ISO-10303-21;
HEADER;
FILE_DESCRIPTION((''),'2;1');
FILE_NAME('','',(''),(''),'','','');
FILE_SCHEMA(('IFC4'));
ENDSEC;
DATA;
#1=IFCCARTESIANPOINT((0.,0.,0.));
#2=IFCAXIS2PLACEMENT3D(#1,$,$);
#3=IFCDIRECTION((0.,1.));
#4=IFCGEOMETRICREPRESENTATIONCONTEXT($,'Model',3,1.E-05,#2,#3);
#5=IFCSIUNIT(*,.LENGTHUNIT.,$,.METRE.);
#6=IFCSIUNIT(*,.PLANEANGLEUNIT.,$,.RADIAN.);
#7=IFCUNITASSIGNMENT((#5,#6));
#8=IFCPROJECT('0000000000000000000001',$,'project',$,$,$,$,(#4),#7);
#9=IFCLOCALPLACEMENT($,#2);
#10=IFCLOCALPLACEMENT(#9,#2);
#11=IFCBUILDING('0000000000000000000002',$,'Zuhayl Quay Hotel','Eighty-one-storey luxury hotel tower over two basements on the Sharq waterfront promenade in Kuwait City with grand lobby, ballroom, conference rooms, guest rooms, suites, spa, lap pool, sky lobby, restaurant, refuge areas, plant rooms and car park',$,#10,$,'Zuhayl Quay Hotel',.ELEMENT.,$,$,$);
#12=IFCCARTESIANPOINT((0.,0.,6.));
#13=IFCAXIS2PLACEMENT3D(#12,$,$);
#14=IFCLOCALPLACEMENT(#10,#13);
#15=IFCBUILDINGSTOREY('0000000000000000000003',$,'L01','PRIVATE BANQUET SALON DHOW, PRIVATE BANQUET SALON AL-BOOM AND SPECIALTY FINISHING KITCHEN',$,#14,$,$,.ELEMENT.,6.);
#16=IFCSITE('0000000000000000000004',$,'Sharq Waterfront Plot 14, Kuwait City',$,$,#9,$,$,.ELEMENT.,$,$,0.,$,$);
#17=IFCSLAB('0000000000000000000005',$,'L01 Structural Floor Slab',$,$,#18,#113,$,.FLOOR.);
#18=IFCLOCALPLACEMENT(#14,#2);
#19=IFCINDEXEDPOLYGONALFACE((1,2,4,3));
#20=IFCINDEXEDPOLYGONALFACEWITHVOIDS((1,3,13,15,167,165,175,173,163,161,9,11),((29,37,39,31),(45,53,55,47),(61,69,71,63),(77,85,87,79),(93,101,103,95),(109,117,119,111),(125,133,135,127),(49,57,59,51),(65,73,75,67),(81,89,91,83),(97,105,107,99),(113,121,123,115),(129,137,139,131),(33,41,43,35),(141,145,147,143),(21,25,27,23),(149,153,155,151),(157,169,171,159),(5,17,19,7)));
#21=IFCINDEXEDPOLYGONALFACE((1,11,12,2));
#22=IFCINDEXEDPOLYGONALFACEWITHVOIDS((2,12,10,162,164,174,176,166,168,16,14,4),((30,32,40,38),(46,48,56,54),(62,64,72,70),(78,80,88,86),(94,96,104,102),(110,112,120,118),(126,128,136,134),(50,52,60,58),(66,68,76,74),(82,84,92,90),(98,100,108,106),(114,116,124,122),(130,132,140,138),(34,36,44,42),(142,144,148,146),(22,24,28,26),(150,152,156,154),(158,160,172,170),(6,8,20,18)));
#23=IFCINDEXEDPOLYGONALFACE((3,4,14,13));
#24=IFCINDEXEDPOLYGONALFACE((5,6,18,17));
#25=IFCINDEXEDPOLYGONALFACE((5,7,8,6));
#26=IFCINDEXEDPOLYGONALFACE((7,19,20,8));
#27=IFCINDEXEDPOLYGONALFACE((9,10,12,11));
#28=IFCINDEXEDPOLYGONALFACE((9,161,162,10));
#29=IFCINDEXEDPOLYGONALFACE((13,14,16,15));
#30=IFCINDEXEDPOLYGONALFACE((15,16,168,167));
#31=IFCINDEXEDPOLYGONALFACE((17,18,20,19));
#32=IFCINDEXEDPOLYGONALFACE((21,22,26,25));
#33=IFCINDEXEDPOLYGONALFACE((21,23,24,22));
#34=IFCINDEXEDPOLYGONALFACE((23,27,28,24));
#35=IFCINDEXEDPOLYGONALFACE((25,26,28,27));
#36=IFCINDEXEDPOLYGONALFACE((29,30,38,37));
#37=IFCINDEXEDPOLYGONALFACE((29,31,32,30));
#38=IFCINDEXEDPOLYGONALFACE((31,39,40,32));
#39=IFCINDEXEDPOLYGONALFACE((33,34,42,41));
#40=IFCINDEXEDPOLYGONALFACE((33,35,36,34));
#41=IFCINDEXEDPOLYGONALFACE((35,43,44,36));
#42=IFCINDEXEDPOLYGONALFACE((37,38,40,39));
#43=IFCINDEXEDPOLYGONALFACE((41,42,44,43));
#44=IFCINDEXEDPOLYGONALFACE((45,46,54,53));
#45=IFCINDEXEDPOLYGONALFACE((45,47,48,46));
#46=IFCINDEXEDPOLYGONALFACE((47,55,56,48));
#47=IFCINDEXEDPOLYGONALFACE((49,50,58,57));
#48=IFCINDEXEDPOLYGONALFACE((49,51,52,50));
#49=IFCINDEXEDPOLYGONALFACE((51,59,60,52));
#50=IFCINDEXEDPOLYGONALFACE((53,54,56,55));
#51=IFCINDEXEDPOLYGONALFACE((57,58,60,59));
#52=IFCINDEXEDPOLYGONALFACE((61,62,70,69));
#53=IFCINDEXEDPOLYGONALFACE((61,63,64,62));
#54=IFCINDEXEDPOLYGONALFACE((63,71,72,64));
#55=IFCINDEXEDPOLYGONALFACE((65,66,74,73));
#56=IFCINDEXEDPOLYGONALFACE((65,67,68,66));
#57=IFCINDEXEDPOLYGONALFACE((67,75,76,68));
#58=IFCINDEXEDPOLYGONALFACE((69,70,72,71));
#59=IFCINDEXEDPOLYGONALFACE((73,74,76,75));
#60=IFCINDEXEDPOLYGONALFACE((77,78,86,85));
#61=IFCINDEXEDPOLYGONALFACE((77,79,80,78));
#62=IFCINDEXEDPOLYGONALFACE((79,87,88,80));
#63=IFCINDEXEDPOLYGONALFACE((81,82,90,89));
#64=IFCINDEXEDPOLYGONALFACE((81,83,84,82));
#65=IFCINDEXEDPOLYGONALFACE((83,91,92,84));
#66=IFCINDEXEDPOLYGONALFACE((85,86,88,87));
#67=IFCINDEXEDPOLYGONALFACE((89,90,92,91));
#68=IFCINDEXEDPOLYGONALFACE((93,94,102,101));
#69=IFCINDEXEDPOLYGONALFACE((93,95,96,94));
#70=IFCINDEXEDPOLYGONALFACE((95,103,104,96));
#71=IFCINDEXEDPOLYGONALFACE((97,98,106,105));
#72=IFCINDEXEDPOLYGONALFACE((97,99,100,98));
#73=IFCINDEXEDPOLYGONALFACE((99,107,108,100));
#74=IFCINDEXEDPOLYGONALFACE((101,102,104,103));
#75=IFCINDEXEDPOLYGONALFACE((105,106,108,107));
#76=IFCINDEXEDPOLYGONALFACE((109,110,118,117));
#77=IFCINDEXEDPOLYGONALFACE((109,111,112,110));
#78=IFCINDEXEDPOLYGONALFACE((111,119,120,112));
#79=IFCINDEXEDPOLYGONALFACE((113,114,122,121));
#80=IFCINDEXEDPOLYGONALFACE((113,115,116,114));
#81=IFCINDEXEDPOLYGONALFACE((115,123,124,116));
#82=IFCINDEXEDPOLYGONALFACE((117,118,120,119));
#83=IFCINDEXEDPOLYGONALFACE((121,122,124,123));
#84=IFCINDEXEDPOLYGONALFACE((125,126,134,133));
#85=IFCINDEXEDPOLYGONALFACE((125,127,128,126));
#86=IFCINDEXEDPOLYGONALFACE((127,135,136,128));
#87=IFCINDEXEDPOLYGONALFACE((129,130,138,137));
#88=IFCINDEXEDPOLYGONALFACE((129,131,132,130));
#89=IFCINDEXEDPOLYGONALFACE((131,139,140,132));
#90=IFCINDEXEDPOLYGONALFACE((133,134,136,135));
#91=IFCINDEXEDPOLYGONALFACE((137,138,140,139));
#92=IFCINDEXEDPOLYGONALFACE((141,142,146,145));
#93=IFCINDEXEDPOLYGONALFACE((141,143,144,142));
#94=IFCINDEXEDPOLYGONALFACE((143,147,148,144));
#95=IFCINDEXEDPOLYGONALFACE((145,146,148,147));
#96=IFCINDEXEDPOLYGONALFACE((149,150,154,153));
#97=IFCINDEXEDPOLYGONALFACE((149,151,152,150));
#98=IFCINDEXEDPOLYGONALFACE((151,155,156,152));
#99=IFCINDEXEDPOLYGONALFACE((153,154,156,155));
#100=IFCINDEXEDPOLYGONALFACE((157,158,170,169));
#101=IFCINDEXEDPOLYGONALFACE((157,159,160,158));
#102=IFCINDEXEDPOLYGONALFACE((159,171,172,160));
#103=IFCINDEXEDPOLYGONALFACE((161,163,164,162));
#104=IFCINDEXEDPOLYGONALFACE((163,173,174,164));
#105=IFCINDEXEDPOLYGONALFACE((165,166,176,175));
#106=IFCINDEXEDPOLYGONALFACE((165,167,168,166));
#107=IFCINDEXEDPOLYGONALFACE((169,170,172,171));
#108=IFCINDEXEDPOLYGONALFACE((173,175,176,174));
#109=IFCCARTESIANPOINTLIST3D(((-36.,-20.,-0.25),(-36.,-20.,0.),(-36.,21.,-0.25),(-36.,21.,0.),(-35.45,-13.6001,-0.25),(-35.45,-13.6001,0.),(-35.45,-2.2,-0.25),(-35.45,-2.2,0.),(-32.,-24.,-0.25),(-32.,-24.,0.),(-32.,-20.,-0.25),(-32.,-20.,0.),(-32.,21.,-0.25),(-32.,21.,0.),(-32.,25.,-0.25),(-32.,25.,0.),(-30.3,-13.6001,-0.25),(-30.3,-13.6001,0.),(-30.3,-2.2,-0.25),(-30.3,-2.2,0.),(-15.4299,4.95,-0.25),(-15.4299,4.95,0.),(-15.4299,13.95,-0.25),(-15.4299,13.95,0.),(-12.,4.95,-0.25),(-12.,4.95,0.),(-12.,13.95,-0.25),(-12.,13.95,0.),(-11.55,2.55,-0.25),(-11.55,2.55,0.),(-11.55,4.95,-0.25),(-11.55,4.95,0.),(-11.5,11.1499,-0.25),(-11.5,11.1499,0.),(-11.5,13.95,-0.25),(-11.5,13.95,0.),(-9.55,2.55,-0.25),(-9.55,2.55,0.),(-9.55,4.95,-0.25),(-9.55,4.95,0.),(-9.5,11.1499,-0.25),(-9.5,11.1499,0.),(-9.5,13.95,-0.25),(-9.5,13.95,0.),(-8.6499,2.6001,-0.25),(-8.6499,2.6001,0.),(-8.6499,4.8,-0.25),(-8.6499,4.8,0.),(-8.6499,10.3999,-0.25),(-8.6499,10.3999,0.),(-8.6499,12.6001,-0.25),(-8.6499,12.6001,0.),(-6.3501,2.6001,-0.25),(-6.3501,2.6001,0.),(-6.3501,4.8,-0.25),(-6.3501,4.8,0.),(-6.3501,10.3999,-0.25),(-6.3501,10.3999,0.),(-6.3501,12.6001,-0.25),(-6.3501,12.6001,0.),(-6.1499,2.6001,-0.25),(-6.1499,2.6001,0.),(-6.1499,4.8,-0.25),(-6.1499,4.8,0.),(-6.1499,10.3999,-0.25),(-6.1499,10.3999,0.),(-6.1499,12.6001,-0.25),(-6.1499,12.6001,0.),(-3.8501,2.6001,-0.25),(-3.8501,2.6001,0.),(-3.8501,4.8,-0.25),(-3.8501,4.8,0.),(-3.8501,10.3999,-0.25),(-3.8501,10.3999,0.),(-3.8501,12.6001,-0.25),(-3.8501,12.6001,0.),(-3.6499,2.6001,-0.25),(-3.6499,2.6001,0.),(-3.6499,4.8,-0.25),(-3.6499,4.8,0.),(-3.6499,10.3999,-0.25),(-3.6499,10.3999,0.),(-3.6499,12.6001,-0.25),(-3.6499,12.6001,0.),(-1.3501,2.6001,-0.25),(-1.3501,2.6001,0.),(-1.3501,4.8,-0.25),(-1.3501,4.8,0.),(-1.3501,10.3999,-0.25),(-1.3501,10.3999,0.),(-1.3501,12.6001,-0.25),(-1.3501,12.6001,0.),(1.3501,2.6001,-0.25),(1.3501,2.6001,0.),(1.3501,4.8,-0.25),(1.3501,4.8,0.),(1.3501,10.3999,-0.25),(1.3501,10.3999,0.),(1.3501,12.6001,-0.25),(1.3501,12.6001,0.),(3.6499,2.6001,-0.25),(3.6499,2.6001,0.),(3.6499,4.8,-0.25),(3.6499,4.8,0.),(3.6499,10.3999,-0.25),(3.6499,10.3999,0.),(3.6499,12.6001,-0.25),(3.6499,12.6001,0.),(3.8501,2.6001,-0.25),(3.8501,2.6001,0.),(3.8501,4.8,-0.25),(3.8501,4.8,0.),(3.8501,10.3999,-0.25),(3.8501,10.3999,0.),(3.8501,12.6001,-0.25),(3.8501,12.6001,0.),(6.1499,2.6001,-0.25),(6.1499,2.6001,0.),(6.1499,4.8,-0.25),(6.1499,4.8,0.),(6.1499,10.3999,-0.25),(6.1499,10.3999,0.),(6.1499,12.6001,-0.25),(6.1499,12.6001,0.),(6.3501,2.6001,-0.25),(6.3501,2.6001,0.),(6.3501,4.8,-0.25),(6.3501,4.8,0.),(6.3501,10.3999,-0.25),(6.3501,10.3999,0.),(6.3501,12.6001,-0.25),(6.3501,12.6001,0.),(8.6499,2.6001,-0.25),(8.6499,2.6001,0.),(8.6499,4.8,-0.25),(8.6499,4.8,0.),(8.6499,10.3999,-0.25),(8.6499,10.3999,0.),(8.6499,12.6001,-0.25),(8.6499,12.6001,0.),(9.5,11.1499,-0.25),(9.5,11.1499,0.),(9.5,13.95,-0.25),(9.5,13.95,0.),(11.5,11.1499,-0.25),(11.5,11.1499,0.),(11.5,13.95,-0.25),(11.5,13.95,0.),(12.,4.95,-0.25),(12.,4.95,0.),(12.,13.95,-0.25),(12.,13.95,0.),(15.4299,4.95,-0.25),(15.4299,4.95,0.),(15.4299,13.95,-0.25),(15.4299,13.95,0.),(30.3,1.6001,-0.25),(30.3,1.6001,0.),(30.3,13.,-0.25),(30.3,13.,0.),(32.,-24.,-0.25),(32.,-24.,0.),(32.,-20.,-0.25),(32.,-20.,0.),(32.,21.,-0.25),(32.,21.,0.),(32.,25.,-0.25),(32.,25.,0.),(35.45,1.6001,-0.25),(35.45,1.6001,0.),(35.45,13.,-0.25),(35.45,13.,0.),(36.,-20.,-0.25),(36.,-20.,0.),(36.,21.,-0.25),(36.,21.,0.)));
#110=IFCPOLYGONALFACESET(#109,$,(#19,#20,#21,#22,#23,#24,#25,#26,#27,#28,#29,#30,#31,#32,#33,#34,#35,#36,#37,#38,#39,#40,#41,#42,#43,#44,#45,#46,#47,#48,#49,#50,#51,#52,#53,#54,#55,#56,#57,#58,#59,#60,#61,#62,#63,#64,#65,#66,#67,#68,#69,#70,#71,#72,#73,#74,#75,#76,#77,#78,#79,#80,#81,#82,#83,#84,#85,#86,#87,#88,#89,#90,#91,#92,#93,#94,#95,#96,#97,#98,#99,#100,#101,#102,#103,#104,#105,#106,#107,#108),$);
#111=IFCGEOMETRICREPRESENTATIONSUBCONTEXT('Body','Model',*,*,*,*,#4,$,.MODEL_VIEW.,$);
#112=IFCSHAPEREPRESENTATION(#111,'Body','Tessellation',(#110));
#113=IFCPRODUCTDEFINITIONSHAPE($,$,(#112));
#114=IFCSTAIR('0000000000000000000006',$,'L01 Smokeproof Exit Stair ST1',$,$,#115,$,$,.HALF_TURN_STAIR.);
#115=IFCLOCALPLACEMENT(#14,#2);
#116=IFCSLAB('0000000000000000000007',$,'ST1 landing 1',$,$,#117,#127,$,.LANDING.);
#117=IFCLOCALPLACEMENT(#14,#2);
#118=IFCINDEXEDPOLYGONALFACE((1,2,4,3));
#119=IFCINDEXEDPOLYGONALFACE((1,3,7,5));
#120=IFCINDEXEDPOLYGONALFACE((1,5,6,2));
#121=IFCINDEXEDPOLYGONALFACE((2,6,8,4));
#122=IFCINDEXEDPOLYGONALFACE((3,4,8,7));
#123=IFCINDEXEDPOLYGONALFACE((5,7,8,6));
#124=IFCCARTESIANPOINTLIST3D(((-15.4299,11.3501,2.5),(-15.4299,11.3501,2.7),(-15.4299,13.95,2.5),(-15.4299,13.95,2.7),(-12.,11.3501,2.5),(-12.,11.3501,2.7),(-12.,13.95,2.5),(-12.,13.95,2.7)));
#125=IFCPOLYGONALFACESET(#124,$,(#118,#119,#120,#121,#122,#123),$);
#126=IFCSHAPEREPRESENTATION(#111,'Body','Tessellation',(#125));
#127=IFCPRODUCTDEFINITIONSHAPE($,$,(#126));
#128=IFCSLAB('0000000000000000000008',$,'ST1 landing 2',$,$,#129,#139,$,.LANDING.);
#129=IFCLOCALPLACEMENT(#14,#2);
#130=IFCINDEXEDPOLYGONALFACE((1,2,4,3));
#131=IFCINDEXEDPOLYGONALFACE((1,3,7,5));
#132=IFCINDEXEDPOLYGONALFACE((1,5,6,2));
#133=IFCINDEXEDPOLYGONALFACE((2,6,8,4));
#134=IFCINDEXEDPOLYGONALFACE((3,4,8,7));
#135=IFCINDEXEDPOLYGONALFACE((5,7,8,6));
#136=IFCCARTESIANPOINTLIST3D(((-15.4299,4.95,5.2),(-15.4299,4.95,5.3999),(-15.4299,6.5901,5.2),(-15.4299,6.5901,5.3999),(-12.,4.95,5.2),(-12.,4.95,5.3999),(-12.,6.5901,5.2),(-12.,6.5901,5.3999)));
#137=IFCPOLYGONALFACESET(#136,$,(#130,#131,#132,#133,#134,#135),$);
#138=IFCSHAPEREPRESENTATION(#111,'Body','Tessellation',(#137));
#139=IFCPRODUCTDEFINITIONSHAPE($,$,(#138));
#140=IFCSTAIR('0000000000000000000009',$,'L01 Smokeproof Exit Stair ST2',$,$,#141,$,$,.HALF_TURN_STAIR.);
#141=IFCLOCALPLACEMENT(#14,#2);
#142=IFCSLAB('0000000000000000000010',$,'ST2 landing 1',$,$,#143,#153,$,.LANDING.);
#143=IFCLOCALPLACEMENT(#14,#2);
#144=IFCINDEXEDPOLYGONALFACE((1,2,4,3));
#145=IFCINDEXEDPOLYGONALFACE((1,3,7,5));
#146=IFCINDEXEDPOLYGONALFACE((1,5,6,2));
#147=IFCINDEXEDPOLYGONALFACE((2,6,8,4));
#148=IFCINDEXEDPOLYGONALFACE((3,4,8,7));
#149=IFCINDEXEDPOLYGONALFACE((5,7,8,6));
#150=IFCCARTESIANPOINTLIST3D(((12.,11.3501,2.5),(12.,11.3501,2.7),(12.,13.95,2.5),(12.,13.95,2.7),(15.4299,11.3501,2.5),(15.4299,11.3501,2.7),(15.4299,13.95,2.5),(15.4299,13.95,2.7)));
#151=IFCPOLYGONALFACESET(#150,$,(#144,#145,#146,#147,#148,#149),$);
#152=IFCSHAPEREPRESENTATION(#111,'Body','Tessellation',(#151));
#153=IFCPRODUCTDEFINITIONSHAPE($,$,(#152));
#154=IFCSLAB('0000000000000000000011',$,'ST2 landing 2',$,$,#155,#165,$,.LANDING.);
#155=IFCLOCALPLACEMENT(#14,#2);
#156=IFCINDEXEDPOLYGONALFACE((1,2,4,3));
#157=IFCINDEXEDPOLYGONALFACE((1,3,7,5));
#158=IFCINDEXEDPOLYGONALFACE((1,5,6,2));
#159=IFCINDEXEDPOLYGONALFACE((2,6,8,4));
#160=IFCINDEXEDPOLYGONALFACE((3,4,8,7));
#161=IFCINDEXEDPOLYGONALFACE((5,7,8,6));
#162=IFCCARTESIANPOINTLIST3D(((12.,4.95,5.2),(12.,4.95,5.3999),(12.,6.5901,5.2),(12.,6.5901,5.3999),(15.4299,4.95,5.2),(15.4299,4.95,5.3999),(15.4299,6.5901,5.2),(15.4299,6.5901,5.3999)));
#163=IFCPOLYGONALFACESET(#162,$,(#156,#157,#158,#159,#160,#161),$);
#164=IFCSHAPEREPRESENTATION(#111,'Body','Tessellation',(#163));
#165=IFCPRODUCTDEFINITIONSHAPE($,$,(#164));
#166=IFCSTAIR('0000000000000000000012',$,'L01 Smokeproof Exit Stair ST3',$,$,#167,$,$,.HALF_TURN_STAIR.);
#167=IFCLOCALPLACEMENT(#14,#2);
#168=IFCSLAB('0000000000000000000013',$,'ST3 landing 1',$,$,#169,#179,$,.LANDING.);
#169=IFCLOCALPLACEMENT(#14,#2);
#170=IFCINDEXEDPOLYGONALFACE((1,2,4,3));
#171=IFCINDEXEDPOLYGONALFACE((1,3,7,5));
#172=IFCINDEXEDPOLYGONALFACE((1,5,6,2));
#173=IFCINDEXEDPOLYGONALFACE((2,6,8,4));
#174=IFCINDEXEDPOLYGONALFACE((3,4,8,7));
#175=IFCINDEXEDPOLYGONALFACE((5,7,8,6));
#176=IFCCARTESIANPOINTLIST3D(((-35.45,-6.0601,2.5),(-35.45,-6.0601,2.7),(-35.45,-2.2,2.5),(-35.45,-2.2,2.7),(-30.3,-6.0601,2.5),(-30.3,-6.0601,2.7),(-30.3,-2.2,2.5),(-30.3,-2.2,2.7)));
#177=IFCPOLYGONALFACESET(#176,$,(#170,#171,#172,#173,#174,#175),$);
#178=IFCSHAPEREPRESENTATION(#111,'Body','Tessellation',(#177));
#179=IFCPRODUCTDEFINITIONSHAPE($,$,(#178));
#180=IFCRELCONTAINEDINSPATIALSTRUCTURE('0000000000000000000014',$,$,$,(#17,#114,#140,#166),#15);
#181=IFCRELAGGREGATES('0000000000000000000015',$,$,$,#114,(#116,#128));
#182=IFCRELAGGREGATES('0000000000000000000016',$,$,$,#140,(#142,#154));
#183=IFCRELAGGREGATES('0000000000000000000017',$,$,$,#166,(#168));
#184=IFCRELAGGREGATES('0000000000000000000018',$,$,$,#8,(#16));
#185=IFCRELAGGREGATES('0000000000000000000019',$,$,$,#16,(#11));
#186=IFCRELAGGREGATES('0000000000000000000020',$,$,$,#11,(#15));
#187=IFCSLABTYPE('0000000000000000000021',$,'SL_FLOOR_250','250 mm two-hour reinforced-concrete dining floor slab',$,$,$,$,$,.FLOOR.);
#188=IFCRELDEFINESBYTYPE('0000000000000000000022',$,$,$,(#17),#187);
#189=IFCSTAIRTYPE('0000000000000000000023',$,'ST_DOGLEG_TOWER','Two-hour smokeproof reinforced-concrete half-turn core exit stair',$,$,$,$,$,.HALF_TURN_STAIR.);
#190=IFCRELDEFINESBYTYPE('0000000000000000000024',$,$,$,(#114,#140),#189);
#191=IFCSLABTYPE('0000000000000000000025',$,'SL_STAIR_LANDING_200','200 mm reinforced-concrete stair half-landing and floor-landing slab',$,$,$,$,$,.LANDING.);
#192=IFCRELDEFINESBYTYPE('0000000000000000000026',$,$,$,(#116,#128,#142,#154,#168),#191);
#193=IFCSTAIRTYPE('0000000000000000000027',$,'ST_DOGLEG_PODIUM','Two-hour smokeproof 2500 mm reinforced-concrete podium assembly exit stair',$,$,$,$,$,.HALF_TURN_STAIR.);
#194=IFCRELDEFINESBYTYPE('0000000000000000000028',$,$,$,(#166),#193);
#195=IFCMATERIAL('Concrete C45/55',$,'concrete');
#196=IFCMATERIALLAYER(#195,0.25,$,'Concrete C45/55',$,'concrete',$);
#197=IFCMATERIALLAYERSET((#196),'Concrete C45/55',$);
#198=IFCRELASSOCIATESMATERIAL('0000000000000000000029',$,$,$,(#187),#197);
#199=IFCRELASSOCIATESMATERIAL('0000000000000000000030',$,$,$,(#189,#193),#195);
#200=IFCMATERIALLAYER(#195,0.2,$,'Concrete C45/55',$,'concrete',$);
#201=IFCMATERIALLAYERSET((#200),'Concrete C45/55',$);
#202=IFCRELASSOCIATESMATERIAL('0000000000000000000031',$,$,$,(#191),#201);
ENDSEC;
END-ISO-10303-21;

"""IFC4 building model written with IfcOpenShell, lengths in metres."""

from ifc_helpers import new_model, si_unit, direction, frame, origin, place, context, subcontext, project, spatial, polyline, outline, extrude, material, layer, layer_set, type_object, element, aggregate, save


model = new_model("IFC4")

# Units and contexts
model_context = context("Model", 3, precision=1e-05, world=origin(), true_north=direction((0.0, 1.0)))
body_context = subcontext(model_context, "Body", "Model", "MODEL_VIEW")
ifc_project = project(units=[si_unit("LENGTHUNIT", "METRE"), si_unit("PLANEANGLEUNIT", "RADIAN")], contexts=[model_context])

# Site, building, storey
site_placement = place(None, origin())
site = spatial("IfcSite", under=ifc_project, at=site_placement, Name="Sharq Waterfront Plot 14, Kuwait City", CompositionType="ELEMENT", RefElevation=0.0)
building_placement = place(site_placement, origin())
building = spatial("IfcBuilding", under=site, at=building_placement, Name="Zuhayl Quay Hotel", Description="Eighty-one-storey luxury hotel tower over two basements on the Sharq waterfront promenade in Kuwait City with grand lobby, ballroom, conference rooms, guest rooms, suites, spa, lap pool, sky lobby, restaurant, refuge areas, plant rooms and car park", LongName="Zuhayl Quay Hotel", CompositionType="ELEMENT")
storey_placement = place(building_placement, frame((0.0, 0.0, 6.0)))
storey = spatial("IfcBuildingStorey", under=building, at=storey_placement, Name="L01", Description="PRIVATE BANQUET SALON DHOW, PRIVATE BANQUET SALON AL-BOOM AND SPECIALTY FINISHING KITCHEN", CompositionType="ELEMENT", Elevation=6.0)

# Slab
ifc_material_1 = material(Name="Concrete C45/55", Category="concrete")
ifc_layer_1 = layer(ifc_material_1, 0.25, Name="Concrete C45/55", Category="concrete")
ifc_layer_set_1 = layer_set([ifc_layer_1], Name="Concrete C45/55")
slab_type_1 = type_object("IfcSlabType", Name="SL_FLOOR_250", Description="250 mm two-hour reinforced-concrete dining floor slab", PredefinedType="FLOOR", material=ifc_layer_set_1)
slab_1_placement = place(storey_placement, frame((0.0, 0.0, -0.25)))
element("IfcSlab", 1, at=slab_1_placement, inside=storey, type_object=slab_type_1, Name="L01 Structural Floor Slab", PredefinedType="FLOOR", context=body_context, shape_type="SweptSolid", body=[
    extrude(outline(polyline([(-32.0, -24.0), (32.0, -24.0), (32.0, -20.0), (36.0, -20.0), (36.0, 21.0), (32.0, 21.0), (32.0, 25.0), (-32.0, 25.0), (-32.0, 21.0), (-36.0, 21.0), (-36.0, -20.0), (-32.0, -20.0), (-32.0, -24.0)]), holes=[polyline([(-12.0, 4.95), (-12.0, 13.95), (-15.4299, 13.95), (-15.4299, 4.95), (-12.0, 4.95)]), polyline([(15.4299, 4.95), (15.4299, 13.95), (12.0, 13.95), (12.0, 4.95), (15.4299, 4.95)]), polyline([(-30.3, -13.6001), (-30.3, -2.2), (-35.45, -2.2), (-35.45, -13.6001), (-30.3, -13.6001)]), polyline([(35.45, 1.6001), (35.45, 13.0), (30.3, 13.0), (30.3, 1.6001), (35.45, 1.6001)]), polyline([(-11.5, 11.1499), (-9.5, 11.1499), (-9.5, 13.95), (-11.5, 13.95), (-11.5, 11.1499)]), polyline([(9.5, 11.1499), (11.5, 11.1499), (11.5, 13.95), (9.5, 13.95), (9.5, 11.1499)]), polyline([(-8.6499, 2.6001), (-6.3501, 2.6001), (-6.3501, 4.8), (-8.6499, 4.8), (-8.6499, 2.6001)]), polyline([(-6.1499, 2.6001), (-3.8501, 2.6001), (-3.8501, 4.8), (-6.1499, 4.8), (-6.1499, 2.6001)]), polyline([(-8.6499, 10.3999), (-6.3501, 10.3999), (-6.3501, 12.6001), (-8.6499, 12.6001), (-8.6499, 10.3999)]), polyline([(-6.1499, 10.3999), (-3.8501, 10.3999), (-3.8501, 12.6001), (-6.1499, 12.6001), (-6.1499, 10.3999)]), polyline([(-3.6499, 2.6001), (-1.3501, 2.6001), (-1.3501, 4.8), (-3.6499, 4.8), (-3.6499, 2.6001)]), polyline([(1.3501, 2.6001), (3.6499, 2.6001), (3.6499, 4.8), (1.3501, 4.8), (1.3501, 2.6001)]), polyline([(-3.6499, 10.3999), (-1.3501, 10.3999), (-1.3501, 12.6001), (-3.6499, 12.6001), (-3.6499, 10.3999)]), polyline([(1.3501, 10.3999), (3.6499, 10.3999), (3.6499, 12.6001), (1.3501, 12.6001), (1.3501, 10.3999)]), polyline([(3.8501, 2.6001), (6.1499, 2.6001), (6.1499, 4.8), (3.8501, 4.8), (3.8501, 2.6001)]), polyline([(6.3501, 2.6001), (8.6499, 2.6001), (8.6499, 4.8), (6.3501, 4.8), (6.3501, 2.6001)]), polyline([(3.8501, 10.3999), (6.1499, 10.3999), (6.1499, 12.6001), (3.8501, 12.6001), (3.8501, 10.3999)]), polyline([(6.3501, 10.3999), (8.6499, 10.3999), (8.6499, 12.6001), (6.3501, 12.6001), (6.3501, 10.3999)]), polyline([(-11.55, 2.55), (-9.55, 2.55), (-9.55, 4.95), (-11.55, 4.95), (-11.55, 2.55)])]), origin(), (0.0, 0.0, 1.0), 0.25),
])

# Stairs, slabs
stair_type_1 = type_object("IfcStairType", Name="ST_DOGLEG_TOWER", Description="Two-hour smokeproof reinforced-concrete half-turn core exit stair", PredefinedType="HALF_TURN_STAIR", material=ifc_material_1)
stair_1_placement = place(storey_placement, origin())
stair_1 = element("IfcStair", 2, at=stair_1_placement, inside=storey, type_object=stair_type_1, Name="L01 Smokeproof Exit Stair ST1", PredefinedType="HALF_TURN_STAIR")
ifc_layer_2 = layer(ifc_material_1, 0.2, Name="Concrete C45/55", Category="concrete")
ifc_layer_set_2 = layer_set([ifc_layer_2], Name="Concrete C45/55")
slab_type_2 = type_object("IfcSlabType", Name="SL_STAIR_LANDING_200", Description="200 mm reinforced-concrete stair half-landing and floor-landing slab", PredefinedType="LANDING", material=ifc_layer_set_2)
slab_2_placement = place(storey_placement, frame((0.0, 0.0, 2.5)))
slab_2 = element("IfcSlab", 3, at=slab_2_placement, type_object=slab_type_2, Name="ST1 landing 1", PredefinedType="LANDING", context=body_context, shape_type="SweptSolid", body=[
    extrude(outline(polyline([(-12.0, 11.3501), (-12.0, 13.95), (-15.4299, 13.95), (-15.4299, 11.3501), (-12.0, 11.3501)])), origin(), (0.0, 0.0, 1.0), 0.2),
])
slab_3_placement = place(storey_placement, frame((0.0, 0.0, 5.2)))
slab_3 = element("IfcSlab", 4, at=slab_3_placement, type_object=slab_type_2, Name="ST1 landing 2", PredefinedType="LANDING", context=body_context, shape_type="SweptSolid", body=[
    extrude(outline(polyline([(-12.0, 4.95), (-12.0, 6.5901), (-15.4299, 6.5901), (-15.4299, 4.95), (-12.0, 4.95)])), origin(), (0.0, 0.0, 1.0), 0.2),
])
aggregate(stair_1, [slab_2, slab_3])
stair_2_placement = place(storey_placement, origin())
stair_2 = element("IfcStair", 5, at=stair_2_placement, inside=storey, type_object=stair_type_1, Name="L01 Smokeproof Exit Stair ST2", PredefinedType="HALF_TURN_STAIR")
slab_4_placement = place(storey_placement, frame((0.0, 0.0, 2.5)))
slab_4 = element("IfcSlab", 6, at=slab_4_placement, type_object=slab_type_2, Name="ST2 landing 1", PredefinedType="LANDING", context=body_context, shape_type="SweptSolid", body=[
    extrude(outline(polyline([(15.4299, 11.3501), (15.4299, 13.95), (12.0, 13.95), (12.0, 11.3501), (15.4299, 11.3501)])), origin(), (0.0, 0.0, 1.0), 0.2),
])
slab_5_placement = place(storey_placement, frame((0.0, 0.0, 5.2)))
slab_5 = element("IfcSlab", 7, at=slab_5_placement, type_object=slab_type_2, Name="ST2 landing 2", PredefinedType="LANDING", context=body_context, shape_type="SweptSolid", body=[
    extrude(outline(polyline([(15.4299, 4.95), (15.4299, 6.5901), (12.0, 6.5901), (12.0, 4.95), (15.4299, 4.95)])), origin(), (0.0, 0.0, 1.0), 0.2),
])
aggregate(stair_2, [slab_4, slab_5])

# Stair, slab
stair_type_2 = type_object("IfcStairType", Name="ST_DOGLEG_PODIUM", Description="Two-hour smokeproof 2500 mm reinforced-concrete podium assembly exit stair", PredefinedType="HALF_TURN_STAIR", material=ifc_material_1)
stair_3_placement = place(storey_placement, origin())
stair_3 = element("IfcStair", 8, at=stair_3_placement, inside=storey, type_object=stair_type_2, Name="L01 Smokeproof Exit Stair ST3", PredefinedType="HALF_TURN_STAIR")
slab_6_placement = place(storey_placement, frame((0.0, 0.0, 2.5)))
slab_6 = element("IfcSlab", 9, at=slab_6_placement, type_object=slab_type_2, Name="ST3 landing 1", PredefinedType="LANDING", context=body_context, shape_type="SweptSolid", body=[
    extrude(outline(polyline([(-30.3, -6.0601), (-30.3, -2.2), (-35.45, -2.2), (-35.45, -6.0601), (-30.3, -6.0601)])), origin(), (0.0, 0.0, 1.0), 0.2),
])
aggregate(stair_3, [slab_6])

save(model, "model.ifc")
